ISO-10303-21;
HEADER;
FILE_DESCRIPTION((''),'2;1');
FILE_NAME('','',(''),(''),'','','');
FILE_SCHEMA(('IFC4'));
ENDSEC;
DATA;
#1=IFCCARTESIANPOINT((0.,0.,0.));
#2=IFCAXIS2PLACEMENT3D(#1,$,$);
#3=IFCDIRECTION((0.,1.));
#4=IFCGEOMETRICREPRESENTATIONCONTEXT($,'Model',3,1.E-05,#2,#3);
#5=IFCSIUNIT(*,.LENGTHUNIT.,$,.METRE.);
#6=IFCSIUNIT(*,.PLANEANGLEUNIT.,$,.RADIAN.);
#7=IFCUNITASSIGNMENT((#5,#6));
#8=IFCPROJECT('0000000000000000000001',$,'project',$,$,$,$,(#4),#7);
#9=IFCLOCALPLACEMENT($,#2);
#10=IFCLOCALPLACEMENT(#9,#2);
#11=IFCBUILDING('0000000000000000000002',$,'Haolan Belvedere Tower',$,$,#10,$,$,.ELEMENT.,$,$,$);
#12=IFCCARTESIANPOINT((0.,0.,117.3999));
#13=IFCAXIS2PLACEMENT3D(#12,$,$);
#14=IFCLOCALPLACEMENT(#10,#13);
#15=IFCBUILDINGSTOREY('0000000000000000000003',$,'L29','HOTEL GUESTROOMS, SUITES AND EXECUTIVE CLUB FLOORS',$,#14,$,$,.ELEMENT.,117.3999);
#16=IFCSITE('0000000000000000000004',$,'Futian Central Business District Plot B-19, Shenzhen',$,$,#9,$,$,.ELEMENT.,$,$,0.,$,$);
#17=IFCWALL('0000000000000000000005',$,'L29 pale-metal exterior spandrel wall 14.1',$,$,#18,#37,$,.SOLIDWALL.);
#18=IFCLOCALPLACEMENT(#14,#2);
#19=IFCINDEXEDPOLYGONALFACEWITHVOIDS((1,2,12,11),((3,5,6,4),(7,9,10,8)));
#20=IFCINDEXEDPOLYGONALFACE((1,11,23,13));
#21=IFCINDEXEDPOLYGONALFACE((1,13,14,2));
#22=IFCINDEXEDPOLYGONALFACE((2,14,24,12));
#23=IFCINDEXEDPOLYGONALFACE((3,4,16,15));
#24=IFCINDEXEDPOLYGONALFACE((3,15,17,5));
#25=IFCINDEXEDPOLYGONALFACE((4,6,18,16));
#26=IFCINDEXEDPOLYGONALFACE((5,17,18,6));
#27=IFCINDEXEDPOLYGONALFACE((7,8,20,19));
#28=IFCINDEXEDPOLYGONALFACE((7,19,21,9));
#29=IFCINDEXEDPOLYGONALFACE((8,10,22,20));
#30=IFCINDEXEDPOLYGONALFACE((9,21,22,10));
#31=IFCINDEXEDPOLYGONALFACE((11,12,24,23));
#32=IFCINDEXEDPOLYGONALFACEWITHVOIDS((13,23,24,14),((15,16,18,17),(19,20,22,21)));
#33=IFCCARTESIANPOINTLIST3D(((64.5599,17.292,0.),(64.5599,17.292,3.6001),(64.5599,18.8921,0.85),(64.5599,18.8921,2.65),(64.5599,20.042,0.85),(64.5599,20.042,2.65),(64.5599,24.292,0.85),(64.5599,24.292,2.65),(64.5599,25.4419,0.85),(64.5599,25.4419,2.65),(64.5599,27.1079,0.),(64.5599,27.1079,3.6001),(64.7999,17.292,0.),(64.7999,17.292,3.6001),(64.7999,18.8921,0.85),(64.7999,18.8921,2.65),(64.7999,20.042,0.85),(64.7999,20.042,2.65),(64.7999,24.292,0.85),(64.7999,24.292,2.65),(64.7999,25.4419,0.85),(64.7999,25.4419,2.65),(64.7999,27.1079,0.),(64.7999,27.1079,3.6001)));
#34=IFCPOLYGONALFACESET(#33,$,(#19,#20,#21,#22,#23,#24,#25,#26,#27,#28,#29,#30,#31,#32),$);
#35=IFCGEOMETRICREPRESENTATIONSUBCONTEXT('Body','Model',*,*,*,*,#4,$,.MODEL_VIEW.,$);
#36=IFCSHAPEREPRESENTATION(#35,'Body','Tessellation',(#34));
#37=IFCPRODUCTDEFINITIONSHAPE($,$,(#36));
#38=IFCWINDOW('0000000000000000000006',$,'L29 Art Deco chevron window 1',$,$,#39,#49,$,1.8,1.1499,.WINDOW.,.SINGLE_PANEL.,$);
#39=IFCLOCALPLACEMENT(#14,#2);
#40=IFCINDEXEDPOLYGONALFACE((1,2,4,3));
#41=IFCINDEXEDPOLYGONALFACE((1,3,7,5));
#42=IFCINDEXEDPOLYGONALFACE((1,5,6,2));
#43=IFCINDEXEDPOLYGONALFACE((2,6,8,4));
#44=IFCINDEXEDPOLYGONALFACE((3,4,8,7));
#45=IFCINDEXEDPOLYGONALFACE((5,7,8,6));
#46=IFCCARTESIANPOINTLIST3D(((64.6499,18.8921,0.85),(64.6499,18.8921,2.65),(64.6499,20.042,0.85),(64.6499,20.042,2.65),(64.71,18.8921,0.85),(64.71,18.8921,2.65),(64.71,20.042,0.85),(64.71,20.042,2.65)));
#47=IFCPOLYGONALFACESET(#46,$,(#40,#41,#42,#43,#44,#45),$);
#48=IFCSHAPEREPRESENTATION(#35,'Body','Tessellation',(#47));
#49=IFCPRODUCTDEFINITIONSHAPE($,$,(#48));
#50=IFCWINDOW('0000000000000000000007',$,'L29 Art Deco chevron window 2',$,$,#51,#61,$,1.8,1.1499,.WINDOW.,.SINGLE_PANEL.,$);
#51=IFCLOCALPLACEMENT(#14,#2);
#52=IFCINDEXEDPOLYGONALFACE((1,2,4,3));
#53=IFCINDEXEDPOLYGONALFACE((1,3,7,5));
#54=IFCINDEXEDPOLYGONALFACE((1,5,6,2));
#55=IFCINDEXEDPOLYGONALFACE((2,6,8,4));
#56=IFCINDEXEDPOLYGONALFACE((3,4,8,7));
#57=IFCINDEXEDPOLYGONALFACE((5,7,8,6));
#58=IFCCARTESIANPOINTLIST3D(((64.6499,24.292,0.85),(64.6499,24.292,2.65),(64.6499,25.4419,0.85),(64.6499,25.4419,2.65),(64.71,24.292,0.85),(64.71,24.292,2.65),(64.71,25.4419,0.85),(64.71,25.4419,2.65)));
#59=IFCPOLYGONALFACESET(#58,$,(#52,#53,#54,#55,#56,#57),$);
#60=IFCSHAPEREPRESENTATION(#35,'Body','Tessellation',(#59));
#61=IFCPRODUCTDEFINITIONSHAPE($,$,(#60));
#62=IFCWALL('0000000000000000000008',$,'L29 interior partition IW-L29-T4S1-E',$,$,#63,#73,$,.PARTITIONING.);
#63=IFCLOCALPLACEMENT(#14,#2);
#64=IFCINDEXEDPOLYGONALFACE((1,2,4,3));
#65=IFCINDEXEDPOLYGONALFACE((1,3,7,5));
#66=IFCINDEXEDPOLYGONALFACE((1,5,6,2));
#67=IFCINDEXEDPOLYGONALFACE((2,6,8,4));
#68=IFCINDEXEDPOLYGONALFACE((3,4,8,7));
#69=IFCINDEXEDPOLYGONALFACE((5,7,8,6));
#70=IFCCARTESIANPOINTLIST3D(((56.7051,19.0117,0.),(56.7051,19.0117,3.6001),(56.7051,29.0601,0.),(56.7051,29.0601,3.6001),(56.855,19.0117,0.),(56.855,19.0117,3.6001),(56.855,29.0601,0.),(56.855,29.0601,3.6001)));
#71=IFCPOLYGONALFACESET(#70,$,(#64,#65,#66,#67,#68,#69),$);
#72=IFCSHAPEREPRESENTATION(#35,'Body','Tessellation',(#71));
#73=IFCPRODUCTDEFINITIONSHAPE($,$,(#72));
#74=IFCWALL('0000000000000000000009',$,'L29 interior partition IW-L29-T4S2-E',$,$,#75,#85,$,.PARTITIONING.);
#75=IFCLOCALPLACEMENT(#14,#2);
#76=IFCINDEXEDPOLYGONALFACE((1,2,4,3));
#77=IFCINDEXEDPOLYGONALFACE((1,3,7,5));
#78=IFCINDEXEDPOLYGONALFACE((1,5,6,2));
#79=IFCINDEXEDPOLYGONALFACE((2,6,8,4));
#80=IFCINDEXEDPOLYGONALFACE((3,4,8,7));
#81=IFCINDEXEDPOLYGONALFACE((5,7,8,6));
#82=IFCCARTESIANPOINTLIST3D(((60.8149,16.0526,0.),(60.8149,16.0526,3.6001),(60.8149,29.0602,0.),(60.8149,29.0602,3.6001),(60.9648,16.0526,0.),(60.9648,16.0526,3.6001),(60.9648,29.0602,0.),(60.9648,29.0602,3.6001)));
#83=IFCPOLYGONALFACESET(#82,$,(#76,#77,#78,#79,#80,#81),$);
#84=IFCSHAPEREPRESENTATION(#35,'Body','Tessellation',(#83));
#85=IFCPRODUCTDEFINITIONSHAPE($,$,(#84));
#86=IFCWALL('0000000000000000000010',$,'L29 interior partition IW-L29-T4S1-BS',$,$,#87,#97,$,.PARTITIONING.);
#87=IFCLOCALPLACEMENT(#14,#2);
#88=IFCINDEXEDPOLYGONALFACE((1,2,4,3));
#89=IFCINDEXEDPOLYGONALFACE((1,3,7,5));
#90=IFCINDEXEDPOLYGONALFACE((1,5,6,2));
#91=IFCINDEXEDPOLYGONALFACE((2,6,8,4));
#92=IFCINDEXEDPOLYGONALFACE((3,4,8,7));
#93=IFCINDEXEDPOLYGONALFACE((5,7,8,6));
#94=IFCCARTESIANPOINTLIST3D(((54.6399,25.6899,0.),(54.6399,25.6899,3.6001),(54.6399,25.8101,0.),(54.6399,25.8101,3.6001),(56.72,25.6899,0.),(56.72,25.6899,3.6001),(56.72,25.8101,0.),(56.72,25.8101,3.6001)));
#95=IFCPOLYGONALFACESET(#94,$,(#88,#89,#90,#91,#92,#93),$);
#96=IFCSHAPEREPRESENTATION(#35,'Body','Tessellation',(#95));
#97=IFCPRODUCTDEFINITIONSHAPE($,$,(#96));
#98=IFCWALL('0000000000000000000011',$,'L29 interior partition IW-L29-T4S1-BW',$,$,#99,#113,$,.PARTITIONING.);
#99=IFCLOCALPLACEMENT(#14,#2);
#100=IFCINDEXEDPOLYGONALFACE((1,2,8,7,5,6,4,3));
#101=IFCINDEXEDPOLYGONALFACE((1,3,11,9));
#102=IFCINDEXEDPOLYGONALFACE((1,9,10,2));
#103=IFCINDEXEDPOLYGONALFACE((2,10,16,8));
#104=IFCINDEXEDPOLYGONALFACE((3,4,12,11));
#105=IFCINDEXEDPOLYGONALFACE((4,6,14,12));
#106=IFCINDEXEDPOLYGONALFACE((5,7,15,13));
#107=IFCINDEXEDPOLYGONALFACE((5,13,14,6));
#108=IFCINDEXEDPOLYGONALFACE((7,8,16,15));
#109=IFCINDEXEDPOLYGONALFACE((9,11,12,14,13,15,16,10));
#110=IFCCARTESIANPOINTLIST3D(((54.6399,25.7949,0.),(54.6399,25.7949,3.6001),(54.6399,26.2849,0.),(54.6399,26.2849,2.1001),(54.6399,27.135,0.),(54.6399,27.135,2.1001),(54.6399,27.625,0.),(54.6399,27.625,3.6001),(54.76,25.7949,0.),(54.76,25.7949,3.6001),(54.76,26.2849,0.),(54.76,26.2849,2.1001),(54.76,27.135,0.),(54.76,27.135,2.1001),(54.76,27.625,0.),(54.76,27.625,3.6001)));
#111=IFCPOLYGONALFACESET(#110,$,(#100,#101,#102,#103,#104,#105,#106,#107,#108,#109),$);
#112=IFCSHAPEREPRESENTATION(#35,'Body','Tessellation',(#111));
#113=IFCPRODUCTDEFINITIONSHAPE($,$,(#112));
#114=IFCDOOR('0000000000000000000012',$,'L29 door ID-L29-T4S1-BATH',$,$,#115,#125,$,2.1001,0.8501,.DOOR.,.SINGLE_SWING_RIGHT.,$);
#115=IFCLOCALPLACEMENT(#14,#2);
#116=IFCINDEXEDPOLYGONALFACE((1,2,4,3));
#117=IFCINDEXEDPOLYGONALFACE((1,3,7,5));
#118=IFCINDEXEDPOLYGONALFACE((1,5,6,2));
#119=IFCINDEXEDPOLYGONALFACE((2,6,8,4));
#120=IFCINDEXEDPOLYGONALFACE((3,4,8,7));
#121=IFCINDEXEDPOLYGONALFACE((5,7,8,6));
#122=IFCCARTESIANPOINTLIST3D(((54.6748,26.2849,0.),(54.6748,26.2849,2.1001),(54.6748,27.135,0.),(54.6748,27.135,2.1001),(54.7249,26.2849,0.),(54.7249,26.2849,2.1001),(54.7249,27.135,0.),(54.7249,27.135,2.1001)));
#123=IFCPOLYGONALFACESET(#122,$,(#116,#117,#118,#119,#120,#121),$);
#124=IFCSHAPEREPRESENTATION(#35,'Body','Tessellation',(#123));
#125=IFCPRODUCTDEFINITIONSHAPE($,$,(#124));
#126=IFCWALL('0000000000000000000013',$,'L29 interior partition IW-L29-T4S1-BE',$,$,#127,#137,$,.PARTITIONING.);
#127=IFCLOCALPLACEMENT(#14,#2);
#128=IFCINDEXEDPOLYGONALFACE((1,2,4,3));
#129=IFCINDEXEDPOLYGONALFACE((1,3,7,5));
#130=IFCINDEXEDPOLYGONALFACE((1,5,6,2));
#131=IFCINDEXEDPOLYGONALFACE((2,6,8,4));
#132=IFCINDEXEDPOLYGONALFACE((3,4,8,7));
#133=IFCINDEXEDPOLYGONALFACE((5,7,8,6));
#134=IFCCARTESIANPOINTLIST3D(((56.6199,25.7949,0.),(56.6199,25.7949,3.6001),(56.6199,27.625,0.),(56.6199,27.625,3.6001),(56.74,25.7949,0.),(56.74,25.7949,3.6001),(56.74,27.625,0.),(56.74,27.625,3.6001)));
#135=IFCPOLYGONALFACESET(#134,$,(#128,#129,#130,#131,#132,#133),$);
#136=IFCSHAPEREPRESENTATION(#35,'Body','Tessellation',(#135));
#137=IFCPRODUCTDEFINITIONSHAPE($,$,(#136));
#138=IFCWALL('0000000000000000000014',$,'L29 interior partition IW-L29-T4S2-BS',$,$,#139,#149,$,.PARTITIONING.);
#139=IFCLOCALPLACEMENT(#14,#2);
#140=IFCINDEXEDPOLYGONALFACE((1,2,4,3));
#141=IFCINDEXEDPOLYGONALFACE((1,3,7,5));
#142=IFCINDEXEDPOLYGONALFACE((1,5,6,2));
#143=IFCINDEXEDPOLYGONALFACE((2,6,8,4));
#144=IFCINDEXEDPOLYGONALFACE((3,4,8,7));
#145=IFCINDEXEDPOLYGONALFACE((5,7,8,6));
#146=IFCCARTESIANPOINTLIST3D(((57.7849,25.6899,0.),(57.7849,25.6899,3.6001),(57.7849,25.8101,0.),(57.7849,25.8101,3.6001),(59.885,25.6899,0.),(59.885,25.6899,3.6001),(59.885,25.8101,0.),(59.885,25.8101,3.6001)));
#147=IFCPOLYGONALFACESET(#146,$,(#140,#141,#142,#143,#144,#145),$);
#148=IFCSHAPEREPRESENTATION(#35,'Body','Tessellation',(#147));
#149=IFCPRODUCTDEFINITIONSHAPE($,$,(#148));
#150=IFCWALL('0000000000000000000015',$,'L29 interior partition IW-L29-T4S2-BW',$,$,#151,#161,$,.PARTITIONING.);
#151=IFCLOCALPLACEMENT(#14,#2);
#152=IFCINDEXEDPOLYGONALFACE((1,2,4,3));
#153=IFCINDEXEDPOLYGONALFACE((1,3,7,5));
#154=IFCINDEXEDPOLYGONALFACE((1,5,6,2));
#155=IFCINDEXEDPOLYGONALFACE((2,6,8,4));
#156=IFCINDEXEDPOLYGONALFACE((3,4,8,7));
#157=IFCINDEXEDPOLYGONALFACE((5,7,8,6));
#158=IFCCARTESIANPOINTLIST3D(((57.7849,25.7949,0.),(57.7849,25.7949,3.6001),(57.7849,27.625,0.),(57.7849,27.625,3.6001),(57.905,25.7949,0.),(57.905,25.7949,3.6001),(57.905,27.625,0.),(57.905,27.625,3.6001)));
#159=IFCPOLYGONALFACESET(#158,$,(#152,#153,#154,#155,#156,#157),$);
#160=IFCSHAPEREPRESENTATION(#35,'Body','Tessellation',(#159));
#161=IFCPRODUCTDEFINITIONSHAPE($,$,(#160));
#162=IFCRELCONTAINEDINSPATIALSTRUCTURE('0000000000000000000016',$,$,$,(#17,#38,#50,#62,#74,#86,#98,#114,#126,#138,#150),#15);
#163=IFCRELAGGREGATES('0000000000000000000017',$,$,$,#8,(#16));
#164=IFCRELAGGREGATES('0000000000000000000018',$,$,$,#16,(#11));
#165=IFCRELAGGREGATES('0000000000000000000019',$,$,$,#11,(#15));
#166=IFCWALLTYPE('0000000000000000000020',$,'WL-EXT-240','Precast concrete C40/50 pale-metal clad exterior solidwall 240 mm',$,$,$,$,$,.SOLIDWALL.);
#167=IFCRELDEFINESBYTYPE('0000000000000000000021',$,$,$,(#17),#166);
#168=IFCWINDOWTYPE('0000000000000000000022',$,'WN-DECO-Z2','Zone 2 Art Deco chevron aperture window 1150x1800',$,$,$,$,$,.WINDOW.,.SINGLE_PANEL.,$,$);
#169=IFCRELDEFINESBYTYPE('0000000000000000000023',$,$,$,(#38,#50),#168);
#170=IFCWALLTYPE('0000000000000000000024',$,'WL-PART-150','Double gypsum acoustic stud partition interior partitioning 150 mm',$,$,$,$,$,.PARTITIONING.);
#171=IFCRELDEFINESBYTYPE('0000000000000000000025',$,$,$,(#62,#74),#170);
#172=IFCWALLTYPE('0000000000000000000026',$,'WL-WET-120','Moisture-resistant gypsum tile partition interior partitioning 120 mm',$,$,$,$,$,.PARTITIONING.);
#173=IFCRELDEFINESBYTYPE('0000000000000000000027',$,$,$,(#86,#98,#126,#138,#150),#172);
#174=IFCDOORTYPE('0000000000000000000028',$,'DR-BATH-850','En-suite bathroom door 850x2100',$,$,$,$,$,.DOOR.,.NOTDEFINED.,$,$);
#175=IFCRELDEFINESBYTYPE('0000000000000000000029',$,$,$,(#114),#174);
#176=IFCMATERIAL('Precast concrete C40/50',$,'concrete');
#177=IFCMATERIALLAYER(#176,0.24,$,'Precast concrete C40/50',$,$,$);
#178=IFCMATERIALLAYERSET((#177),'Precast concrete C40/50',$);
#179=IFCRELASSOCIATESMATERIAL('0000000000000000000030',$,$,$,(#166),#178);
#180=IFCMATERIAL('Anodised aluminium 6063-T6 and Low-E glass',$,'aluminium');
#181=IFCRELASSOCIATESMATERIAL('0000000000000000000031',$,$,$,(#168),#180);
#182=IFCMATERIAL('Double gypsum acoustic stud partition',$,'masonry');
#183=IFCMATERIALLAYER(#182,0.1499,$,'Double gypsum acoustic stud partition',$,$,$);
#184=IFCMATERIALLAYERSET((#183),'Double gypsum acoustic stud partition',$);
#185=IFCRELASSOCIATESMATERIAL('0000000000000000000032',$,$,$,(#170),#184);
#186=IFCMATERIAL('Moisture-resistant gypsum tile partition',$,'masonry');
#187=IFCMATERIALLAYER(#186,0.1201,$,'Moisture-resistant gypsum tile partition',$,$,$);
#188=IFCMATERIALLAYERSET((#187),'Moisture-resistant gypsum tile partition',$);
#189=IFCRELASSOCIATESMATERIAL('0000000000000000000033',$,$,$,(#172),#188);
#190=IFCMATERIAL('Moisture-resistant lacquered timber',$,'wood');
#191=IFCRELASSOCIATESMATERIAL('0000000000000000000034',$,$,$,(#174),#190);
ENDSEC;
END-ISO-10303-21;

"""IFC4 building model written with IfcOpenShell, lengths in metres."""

from ifc_helpers import new_model, si_unit, direction, frame, frame_2d, origin, place, context, subcontext, project, spatial, rectangle, extrude, material, layer, layer_set, type_object, element, fill, save


model = new_model("IFC4")

# Units and contexts
model_context = context("Model", 3, precision=1e-05, world=origin(), true_north=direction((0.0, 1.0)))
body_context = subcontext(model_context, "Body", "Model", "MODEL_VIEW")
ifc_project = project(units=[si_unit("LENGTHUNIT", "METRE"), si_unit("PLANEANGLEUNIT", "RADIAN")], contexts=[model_context])

# Site, building, storey
site_placement = place(None, origin())
site = spatial("IfcSite", under=ifc_project, at=site_placement, Name="Futian Central Business District Plot B-19, Shenzhen", CompositionType="ELEMENT", RefElevation=0.0)
building_placement = place(site_placement, origin())
building = spatial("IfcBuilding", under=site, at=building_placement, Name="Haolan Belvedere Tower", CompositionType="ELEMENT")
storey_placement = place(building_placement, frame((0.0, 0.0, 117.3999)))
storey = spatial("IfcBuildingStorey", under=building, at=storey_placement, Name="L29", Description="HOTEL GUESTROOMS, SUITES AND EXECUTIVE CLUB FLOORS", CompositionType="ELEMENT", Elevation=117.3999)

# Shared definitions
ifc_material_1 = material(Name="Precast concrete C40/50", Category="concrete")
ifc_layer_1 = layer(ifc_material_1, 0.24, Name="Precast concrete C40/50")
ifc_layer_set_1 = layer_set([ifc_layer_1], Name="Precast concrete C40/50")
wall_type_1 = type_object("IfcWallType", Name="WL-EXT-240", Description="Precast concrete C40/50 pale-metal clad exterior solidwall 240 mm", PredefinedType="SOLIDWALL", material=ifc_layer_set_1)
ifc_material_2 = material(Name="Anodised aluminium 6063-T6 and Low-E glass", Category="aluminium")
window_type = type_object("IfcWindowType", Name="WN-DECO-Z2", Description="Zone 2 Art Deco chevron aperture window 1150x1800", PartitioningType="SINGLE_PANEL", PredefinedType="WINDOW", material=ifc_material_2)

# Wall, openings, windows
wall_1_placement = place(storey_placement, frame((64.6799, 17.292, 0.0), z_axis=(0.0, 0.0, 1.0), x_axis=(0.0, 1.0, 0.0)))
wall_1 = element("IfcWall", 1, at=wall_1_placement, inside=storey, type_object=wall_type_1, Name="L29 pale-metal exterior spandrel wall 14.1", PredefinedType="SOLIDWALL", context=body_context, shape_type="SweptSolid", body=[
    extrude(rectangle(XDim=9.8159, YDim=0.24, at=frame_2d((4.908, 0.0))), origin(), (0.0, 0.0, 1.0), 3.6001),
])
opening_1_placement = place(wall_1_placement, frame((1.6001, 0.0, 0.8501)))
opening_1 = element("IfcOpeningElement", 2, at=opening_1_placement, cuts=wall_1, PredefinedType="OPENING", context=body_context, shape_type="SweptSolid", body=[
    extrude(rectangle(XDim=1.1499, YDim=1.8, at=frame_2d((0.575, 0.8999))), frame((0.0, 0.1299, 0.0), z_axis=(0.0, -1.0, 0.0), x_axis=(1.0, 0.0, 0.0)), (0.0, 0.0, 1.0), 0.26),
])
opening_2_placement = place(wall_1_placement, frame((7.0, 0.0, 0.8501)))
opening_2 = element("IfcOpeningElement", 3, at=opening_2_placement, cuts=wall_1, PredefinedType="OPENING", context=body_context, shape_type="SweptSolid", body=[
    extrude(rectangle(XDim=1.1499, YDim=1.8, at=frame_2d((0.575, 0.8999))), frame((0.0, 0.1299, 0.0), z_axis=(0.0, -1.0, 0.0), x_axis=(1.0, 0.0, 0.0)), (0.0, 0.0, 1.0), 0.26),
])
window_1_placement = place(opening_1_placement, origin())
window_1 = element("IfcWindow", 4, at=window_1_placement, inside=storey, type_object=window_type, Name="L29 Art Deco chevron window 1", OverallHeight=1.8, OverallWidth=1.1499, PartitioningType="SINGLE_PANEL", PredefinedType="WINDOW", context=body_context, shape_type="SweptSolid", body=[
    extrude(rectangle(XDim=1.1499, YDim=1.8, at=frame_2d((0.575, 0.8999))), frame((0.0, 0.03, 0.0), z_axis=(0.0, -1.0, 0.0), x_axis=(1.0, 0.0, 0.0)), (0.0, 0.0, 1.0), 0.0601),
])
fill(opening_1, window_1)
window_2_placement = place(opening_2_placement, origin())
window_2 = element("IfcWindow", 5, at=window_2_placement, inside=storey, type_object=window_type, Name="L29 Art Deco chevron window 2", OverallHeight=1.8, OverallWidth=1.1499, PartitioningType="SINGLE_PANEL", PredefinedType="WINDOW", context=body_context, shape_type="SweptSolid", body=[
    extrude(rectangle(XDim=1.1499, YDim=1.8, at=frame_2d((0.575, 0.8999))), frame((0.0, 0.03, 0.0), z_axis=(0.0, -1.0, 0.0), x_axis=(1.0, 0.0, 0.0)), (0.0, 0.0, 1.0), 0.0601),
])
fill(opening_2, window_2)

# Walls
ifc_material_3 = material(Name="Double gypsum acoustic stud partition", Category="masonry")
ifc_layer_2 = layer(ifc_material_3, 0.1499, Name="Double gypsum acoustic stud partition")
ifc_layer_set_2 = layer_set([ifc_layer_2], Name="Double gypsum acoustic stud partition")
wall_type_2 = type_object("IfcWallType", Name="WL-PART-150", Description="Double gypsum acoustic stud partition interior partitioning 150 mm", PredefinedType="PARTITIONING", material=ifc_layer_set_2)
wall_2_placement = place(storey_placement, frame((56.78, 19.0117, 0.0), z_axis=(0.0, 0.0, 1.0), x_axis=(0.0, 1.0, 0.0)))
element("IfcWall", 6, at=wall_2_placement, inside=storey, type_object=wall_type_2, Name="L29 interior partition IW-L29-T4S1-E", PredefinedType="PARTITIONING", context=body_context, shape_type="SweptSolid", body=[
    extrude(rectangle(XDim=10.0483, YDim=0.1499, at=frame_2d((5.0242, 0.0))), origin(), (0.0, 0.0, 1.0), 3.6001),
])
wall_3_placement = place(storey_placement, frame((60.8899, 16.0525, 0.0), z_axis=(0.0, 0.0, 1.0), x_axis=(0.0, 1.0, 0.0)))
element("IfcWall", 7, at=wall_3_placement, inside=storey, type_object=wall_type_2, Name="L29 interior partition IW-L29-T4S2-E", PredefinedType="PARTITIONING", context=body_context, shape_type="SweptSolid", body=[
    extrude(rectangle(XDim=13.0076, YDim=0.1499, at=frame_2d((6.5039, 0.0))), origin(), (0.0, 0.0, 1.0), 3.6001),
])
ifc_material_4 = material(Name="Moisture-resistant gypsum tile partition", Category="masonry")
ifc_layer_3 = layer(ifc_material_4, 0.1201, Name="Moisture-resistant gypsum tile partition")
ifc_layer_set_3 = layer_set([ifc_layer_3], Name="Moisture-resistant gypsum tile partition")
wall_type_3 = type_object("IfcWallType", Name="WL-WET-120", Description="Moisture-resistant gypsum tile partition interior partitioning 120 mm", PredefinedType="PARTITIONING", material=ifc_layer_set_3)
wall_4_placement = place(storey_placement, frame((54.6399, 25.75, 0.0), z_axis=(0.0, 0.0, 1.0), x_axis=(1.0, 0.0, 0.0)))
element("IfcWall", 8, at=wall_4_placement, inside=storey, type_object=wall_type_3, Name="L29 interior partition IW-L29-T4S1-BS", PredefinedType="PARTITIONING", context=body_context, shape_type="SweptSolid", body=[
    extrude(rectangle(XDim=2.0801, YDim=0.1201, at=frame_2d((1.04, 0.0))), origin(), (0.0, 0.0, 1.0), 3.6001),
])

# Wall, opening, door
wall_5_placement = place(storey_placement, frame((54.7, 25.7949, 0.0), z_axis=(0.0, 0.0, 1.0), x_axis=(0.0, 1.0, 0.0)))
wall_5 = element("IfcWall", 9, at=wall_5_placement, inside=storey, type_object=wall_type_3, Name="L29 interior partition IW-L29-T4S1-BW", PredefinedType="PARTITIONING", context=body_context, shape_type="SweptSolid", body=[
    extrude(rectangle(XDim=1.8301, YDim=0.1201, at=frame_2d((0.915, 0.0))), origin(), (0.0, 0.0, 1.0), 3.6001),
])
opening_3_placement = place(wall_5_placement, frame((1.3401, 0.0, 0.0), z_axis=(0.0, 0.0, 1.0), x_axis=(-1.0, 0.0, 0.0)))
opening_3 = element("IfcOpeningElement", 10, at=opening_3_placement, cuts=wall_5, PredefinedType="OPENING", context=body_context, shape_type="SweptSolid", body=[
    extrude(rectangle(XDim=0.8501, YDim=2.1001, at=frame_2d((0.425, 1.05))), frame((0.0, 0.0701, 0.0), z_axis=(0.0, -1.0, 0.0), x_axis=(1.0, 0.0, 0.0)), (0.0, 0.0, 1.0), 0.1401),
])
ifc_material_5 = material(Name="Moisture-resistant lacquered timber", Category="wood")
door_type = type_object("IfcDoorType", Name="DR-BATH-850", Description="En-suite bathroom door 850x2100", OperationType="NOTDEFINED", PredefinedType="DOOR", material=ifc_material_5)
door_1_placement = place(opening_3_placement, origin())
door_1 = element("IfcDoor", 11, at=door_1_placement, inside=storey, type_object=door_type, Name="L29 door ID-L29-T4S1-BATH", OperationType="SINGLE_SWING_RIGHT", OverallHeight=2.1001, OverallWidth=0.8501, PredefinedType="DOOR", context=body_context, shape_type="SweptSolid", body=[
    extrude(rectangle(XDim=0.8501, YDim=2.1001, at=frame_2d((0.425, 1.05))), frame((0.0, 0.0249, 0.0), z_axis=(0.0, -1.0, 0.0), x_axis=(1.0, 0.0, 0.0)), (0.0, 0.0, 1.0), 0.05),
])
fill(opening_3, door_1)

# Walls
wall_6_placement = place(storey_placement, frame((56.6799, 25.7949, 0.0), z_axis=(0.0, 0.0, 1.0), x_axis=(0.0, 1.0, 0.0)))
element("IfcWall", 12, at=wall_6_placement, inside=storey, type_object=wall_type_3, Name="L29 interior partition IW-L29-T4S1-BE", PredefinedType="PARTITIONING", context=body_context, shape_type="SweptSolid", body=[
    extrude(rectangle(XDim=1.8301, YDim=0.1201, at=frame_2d((0.915, 0.0))), origin(), (0.0, 0.0, 1.0), 3.6001),
])
wall_7_placement = place(storey_placement, frame((57.7849, 25.75, 0.0), z_axis=(0.0, 0.0, 1.0), x_axis=(1.0, 0.0, 0.0)))
element("IfcWall", 13, at=wall_7_placement, inside=storey, type_object=wall_type_3, Name="L29 interior partition IW-L29-T4S2-BS", PredefinedType="PARTITIONING", context=body_context, shape_type="SweptSolid", body=[
    extrude(rectangle(XDim=2.1001, YDim=0.1201, at=frame_2d((1.05, 0.0))), origin(), (0.0, 0.0, 1.0), 3.6001),
])
wall_8_placement = place(storey_placement, frame((57.845, 25.7949, 0.0), z_axis=(0.0, 0.0, 1.0), x_axis=(0.0, 1.0, 0.0)))
element("IfcWall", 14, at=wall_8_placement, inside=storey, type_object=wall_type_3, Name="L29 interior partition IW-L29-T4S2-BW", PredefinedType="PARTITIONING", context=body_context, shape_type="SweptSolid", body=[
    extrude(rectangle(XDim=1.8301, YDim=0.1201, at=frame_2d((0.915, 0.0))), origin(), (0.0, 0.0, 1.0), 3.6001),
])

save(model, "model.ifc")
